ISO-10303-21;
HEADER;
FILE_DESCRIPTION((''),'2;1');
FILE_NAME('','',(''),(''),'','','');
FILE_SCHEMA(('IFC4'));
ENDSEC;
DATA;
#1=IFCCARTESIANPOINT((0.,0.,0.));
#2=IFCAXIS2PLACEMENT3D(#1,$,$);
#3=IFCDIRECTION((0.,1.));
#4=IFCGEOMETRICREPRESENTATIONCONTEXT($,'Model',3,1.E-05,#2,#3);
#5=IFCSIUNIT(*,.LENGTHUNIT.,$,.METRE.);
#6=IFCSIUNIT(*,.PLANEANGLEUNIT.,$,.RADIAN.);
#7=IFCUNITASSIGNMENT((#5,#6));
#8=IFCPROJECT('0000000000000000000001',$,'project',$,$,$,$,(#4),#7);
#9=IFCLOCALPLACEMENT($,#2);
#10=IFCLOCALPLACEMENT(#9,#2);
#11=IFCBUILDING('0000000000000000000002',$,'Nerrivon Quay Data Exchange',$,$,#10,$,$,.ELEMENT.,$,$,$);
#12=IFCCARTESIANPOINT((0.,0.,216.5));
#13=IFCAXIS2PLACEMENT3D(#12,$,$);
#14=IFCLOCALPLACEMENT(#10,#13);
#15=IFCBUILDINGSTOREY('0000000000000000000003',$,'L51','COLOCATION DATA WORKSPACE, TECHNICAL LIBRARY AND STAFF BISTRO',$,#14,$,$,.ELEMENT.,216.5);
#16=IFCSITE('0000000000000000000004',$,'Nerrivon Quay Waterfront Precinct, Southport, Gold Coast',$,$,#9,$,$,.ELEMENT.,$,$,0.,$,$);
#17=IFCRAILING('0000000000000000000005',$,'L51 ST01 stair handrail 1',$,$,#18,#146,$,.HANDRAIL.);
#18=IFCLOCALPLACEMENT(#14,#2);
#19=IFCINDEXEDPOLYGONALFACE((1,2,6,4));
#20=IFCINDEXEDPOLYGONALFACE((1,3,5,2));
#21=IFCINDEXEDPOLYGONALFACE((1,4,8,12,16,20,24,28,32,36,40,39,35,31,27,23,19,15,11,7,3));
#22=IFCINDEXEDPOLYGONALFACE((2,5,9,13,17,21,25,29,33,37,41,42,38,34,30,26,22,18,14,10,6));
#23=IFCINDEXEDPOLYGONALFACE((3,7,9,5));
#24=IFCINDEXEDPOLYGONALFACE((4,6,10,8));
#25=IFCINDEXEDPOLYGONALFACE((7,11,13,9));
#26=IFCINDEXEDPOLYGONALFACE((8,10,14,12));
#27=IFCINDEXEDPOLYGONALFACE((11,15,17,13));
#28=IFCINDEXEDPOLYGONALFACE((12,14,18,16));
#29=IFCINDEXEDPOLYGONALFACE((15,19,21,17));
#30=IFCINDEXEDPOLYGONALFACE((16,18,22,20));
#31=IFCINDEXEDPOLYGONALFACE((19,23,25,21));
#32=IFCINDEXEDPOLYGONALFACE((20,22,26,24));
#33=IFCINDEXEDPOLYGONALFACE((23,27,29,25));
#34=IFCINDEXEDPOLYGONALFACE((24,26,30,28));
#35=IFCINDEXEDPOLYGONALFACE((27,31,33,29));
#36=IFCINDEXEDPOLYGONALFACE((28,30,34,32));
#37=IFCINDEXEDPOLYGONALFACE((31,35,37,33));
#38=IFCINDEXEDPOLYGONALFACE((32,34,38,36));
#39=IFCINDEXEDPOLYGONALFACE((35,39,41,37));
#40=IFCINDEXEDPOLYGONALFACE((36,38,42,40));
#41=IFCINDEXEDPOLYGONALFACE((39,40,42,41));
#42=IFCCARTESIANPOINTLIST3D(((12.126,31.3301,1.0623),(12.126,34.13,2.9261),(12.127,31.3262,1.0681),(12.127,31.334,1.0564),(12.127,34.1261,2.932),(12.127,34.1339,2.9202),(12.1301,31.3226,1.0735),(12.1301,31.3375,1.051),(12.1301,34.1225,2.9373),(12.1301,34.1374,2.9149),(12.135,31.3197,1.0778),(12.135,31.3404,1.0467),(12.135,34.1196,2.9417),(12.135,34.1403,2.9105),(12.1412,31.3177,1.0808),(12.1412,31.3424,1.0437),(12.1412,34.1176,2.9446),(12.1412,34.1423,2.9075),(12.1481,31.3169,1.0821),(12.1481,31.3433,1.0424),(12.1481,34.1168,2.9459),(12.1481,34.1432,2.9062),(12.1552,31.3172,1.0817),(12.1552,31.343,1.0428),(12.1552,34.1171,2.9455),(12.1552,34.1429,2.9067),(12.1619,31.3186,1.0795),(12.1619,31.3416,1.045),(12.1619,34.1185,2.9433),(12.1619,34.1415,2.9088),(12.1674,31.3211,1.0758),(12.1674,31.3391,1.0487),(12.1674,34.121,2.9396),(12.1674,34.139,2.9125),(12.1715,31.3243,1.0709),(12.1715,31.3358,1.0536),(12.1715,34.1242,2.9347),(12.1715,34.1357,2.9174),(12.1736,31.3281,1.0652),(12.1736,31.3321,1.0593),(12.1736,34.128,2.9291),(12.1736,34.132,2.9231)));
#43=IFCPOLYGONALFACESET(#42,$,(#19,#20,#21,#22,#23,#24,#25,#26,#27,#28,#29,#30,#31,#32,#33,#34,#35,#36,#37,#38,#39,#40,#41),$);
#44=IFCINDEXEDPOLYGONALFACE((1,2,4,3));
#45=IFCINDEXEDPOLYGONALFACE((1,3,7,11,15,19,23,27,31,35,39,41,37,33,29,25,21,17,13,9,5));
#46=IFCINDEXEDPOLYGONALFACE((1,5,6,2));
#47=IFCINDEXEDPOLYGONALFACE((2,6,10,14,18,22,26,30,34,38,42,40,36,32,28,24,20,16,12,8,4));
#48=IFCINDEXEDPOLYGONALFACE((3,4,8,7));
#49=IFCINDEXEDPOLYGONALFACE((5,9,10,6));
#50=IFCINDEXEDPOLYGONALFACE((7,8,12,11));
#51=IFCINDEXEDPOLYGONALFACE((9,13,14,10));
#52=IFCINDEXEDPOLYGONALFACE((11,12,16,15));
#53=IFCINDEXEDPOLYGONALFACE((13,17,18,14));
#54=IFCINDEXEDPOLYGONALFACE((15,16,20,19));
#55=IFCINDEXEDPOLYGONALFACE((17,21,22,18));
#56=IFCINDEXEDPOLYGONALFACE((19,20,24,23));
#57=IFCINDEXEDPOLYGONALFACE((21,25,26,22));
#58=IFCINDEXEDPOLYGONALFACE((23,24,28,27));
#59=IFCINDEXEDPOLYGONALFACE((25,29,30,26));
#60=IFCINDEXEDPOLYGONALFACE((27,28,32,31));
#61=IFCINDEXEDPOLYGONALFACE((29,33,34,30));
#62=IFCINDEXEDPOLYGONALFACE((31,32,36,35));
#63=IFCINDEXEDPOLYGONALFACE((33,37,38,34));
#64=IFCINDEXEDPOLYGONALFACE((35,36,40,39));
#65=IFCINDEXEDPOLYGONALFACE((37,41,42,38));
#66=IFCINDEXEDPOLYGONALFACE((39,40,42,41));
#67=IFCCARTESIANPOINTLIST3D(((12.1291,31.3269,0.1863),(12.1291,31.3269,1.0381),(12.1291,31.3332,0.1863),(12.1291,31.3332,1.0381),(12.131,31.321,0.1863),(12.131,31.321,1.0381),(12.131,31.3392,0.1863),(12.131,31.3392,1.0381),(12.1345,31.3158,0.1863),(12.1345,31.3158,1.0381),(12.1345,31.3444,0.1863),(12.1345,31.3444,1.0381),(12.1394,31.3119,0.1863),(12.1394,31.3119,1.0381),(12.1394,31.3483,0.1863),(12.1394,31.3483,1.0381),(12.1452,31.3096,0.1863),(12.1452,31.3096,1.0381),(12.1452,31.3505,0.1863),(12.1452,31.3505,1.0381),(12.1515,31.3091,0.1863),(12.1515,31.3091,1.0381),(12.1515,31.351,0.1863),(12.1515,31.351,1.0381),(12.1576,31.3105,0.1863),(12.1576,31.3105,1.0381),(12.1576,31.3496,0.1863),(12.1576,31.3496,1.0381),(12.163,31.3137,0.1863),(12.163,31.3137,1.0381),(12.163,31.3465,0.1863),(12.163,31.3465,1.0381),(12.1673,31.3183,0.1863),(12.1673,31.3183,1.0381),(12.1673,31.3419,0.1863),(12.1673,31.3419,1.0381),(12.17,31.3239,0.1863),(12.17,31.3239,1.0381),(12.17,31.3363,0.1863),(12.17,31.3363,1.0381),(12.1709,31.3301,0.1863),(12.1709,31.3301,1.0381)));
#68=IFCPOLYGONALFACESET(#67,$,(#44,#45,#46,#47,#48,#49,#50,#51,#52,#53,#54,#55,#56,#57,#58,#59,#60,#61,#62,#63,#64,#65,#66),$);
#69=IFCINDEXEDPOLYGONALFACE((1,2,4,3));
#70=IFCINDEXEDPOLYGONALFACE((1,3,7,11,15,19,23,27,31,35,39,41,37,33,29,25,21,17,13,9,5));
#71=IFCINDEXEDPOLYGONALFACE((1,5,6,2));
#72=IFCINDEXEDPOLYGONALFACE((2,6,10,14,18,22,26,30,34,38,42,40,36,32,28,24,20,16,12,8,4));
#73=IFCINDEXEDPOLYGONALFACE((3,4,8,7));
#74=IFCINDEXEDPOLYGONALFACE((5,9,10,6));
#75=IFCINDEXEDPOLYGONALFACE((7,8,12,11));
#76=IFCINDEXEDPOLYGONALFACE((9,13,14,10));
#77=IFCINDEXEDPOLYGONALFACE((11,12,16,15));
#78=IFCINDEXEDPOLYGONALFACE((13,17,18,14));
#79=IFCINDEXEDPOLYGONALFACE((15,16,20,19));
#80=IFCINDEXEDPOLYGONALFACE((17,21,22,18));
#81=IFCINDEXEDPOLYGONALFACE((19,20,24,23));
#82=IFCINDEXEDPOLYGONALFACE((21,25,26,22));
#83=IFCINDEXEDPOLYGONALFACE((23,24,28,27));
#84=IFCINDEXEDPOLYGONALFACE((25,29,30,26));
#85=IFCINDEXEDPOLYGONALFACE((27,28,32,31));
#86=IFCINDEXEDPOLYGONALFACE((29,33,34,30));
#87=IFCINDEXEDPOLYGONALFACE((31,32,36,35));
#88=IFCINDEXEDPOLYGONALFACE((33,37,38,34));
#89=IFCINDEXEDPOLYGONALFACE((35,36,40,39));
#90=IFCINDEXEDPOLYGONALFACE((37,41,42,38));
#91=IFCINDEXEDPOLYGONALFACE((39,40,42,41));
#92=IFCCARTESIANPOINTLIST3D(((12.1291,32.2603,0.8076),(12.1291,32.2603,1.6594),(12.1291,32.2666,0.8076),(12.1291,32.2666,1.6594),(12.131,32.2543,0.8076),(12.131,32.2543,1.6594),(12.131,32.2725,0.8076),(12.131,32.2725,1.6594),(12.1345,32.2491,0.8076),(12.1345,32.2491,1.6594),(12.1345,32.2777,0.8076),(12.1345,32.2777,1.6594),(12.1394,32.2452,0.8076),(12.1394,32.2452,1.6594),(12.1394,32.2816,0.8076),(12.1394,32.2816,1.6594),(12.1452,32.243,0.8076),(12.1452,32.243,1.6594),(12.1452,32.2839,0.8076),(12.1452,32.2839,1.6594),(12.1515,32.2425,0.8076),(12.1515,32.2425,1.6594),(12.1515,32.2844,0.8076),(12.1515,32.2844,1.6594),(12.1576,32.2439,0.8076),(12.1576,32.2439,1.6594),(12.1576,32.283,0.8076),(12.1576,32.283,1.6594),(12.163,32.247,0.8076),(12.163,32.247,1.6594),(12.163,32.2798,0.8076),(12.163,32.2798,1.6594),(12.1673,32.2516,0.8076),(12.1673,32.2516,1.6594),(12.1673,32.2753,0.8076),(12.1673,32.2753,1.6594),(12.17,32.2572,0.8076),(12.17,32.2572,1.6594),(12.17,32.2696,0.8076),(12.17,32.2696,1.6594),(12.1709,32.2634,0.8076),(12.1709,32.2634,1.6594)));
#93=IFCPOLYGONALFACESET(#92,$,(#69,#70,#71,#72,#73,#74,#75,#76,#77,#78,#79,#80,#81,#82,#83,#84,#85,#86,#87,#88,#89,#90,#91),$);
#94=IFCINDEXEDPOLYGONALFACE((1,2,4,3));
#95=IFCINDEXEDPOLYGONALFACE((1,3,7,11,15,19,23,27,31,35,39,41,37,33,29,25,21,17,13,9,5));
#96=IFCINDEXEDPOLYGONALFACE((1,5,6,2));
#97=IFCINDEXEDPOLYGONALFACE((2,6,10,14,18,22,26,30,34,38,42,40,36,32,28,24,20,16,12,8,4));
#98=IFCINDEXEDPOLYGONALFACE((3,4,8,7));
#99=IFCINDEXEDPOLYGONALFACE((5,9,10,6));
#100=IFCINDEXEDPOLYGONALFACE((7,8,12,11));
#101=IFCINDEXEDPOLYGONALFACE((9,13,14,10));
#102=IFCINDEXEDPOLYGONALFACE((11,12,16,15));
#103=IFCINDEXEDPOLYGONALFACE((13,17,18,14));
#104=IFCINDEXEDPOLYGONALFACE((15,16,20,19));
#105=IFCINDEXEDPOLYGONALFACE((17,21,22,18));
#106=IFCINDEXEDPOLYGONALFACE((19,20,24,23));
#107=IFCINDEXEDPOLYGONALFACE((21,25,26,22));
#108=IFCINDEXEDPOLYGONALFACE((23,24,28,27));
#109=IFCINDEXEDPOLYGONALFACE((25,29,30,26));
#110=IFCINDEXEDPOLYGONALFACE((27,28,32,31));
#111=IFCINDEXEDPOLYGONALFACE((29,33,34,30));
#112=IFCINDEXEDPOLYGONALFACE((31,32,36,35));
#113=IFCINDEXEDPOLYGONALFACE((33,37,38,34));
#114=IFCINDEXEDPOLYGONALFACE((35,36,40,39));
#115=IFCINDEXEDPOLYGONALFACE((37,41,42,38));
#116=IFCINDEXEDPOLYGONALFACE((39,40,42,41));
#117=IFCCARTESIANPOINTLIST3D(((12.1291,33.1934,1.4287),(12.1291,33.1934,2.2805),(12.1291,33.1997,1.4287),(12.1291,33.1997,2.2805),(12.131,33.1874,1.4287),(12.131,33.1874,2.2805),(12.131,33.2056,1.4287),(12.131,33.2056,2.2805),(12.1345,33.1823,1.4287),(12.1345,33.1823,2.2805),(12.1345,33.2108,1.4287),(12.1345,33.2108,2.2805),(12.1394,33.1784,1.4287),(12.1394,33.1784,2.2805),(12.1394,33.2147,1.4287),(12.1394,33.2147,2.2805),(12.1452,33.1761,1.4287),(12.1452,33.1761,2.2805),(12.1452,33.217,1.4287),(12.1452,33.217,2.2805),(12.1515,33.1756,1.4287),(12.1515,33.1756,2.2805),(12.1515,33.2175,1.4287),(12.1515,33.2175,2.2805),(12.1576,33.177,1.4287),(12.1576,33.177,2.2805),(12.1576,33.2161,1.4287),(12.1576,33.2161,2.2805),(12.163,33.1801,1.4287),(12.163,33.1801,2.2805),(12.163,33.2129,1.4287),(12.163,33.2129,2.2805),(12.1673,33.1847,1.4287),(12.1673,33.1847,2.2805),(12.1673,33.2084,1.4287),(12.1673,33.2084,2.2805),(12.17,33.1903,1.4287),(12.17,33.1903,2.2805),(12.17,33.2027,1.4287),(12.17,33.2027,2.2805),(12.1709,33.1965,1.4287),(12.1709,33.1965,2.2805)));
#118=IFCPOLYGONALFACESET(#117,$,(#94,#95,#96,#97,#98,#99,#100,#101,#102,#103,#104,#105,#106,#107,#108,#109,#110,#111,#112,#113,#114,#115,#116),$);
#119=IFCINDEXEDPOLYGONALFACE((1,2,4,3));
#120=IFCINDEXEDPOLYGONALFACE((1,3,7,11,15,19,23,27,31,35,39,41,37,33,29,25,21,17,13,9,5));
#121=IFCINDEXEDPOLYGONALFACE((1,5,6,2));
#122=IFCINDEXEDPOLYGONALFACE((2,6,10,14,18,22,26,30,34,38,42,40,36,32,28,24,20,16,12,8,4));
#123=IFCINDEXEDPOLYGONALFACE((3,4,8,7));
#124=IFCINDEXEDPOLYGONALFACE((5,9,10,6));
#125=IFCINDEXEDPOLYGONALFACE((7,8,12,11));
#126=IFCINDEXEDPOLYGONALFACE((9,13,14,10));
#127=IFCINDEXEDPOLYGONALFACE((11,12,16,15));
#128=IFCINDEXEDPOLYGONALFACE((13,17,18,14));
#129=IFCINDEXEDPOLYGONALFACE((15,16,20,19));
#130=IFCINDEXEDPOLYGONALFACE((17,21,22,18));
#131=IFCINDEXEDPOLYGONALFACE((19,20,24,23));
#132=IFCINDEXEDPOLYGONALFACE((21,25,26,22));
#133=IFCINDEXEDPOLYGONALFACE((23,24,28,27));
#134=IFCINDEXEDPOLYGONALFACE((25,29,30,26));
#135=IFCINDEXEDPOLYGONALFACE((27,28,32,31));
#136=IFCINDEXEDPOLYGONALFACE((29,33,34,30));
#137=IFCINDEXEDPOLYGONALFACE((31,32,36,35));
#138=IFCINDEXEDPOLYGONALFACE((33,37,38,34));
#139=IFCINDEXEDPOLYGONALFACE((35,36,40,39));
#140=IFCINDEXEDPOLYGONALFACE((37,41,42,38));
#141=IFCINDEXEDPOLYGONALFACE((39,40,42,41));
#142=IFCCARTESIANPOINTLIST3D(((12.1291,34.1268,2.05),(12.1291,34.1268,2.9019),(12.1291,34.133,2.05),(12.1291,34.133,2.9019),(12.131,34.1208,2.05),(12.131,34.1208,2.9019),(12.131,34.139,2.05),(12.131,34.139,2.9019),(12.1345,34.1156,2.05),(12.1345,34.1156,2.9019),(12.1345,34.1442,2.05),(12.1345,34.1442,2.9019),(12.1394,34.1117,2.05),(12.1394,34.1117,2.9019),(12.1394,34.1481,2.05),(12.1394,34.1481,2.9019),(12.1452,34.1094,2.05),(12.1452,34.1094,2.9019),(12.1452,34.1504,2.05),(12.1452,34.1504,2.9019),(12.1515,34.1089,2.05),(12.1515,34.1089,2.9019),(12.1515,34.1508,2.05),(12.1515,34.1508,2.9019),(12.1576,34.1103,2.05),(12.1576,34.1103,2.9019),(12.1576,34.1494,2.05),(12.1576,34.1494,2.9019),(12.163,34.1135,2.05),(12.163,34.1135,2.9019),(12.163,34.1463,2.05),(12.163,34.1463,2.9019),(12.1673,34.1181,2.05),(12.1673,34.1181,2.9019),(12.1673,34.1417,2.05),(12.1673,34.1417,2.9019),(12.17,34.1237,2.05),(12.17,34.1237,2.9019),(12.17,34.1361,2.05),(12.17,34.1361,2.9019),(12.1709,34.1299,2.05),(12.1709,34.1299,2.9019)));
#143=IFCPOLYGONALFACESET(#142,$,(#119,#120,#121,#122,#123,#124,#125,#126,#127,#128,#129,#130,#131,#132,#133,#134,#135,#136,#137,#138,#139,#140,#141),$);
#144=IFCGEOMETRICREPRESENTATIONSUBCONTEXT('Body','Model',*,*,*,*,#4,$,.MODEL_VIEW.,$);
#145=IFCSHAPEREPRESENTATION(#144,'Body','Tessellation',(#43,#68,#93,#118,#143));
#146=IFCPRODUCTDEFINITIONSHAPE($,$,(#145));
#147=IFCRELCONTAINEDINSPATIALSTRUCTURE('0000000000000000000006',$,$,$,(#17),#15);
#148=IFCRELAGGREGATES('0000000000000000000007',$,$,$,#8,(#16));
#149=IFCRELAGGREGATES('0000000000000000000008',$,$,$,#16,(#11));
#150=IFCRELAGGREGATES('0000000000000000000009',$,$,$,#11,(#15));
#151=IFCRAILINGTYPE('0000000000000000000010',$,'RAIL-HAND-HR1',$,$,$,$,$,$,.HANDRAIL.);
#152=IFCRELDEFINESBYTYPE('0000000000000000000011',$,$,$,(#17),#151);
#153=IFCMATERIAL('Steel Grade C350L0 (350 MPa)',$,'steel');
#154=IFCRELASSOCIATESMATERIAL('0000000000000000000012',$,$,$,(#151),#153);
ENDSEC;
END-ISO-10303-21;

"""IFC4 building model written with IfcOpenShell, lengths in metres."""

from ifc_helpers import new_model, si_unit, direction, frame, origin, origin_2d, place, context, subcontext, project, spatial, circle, extrude, material, type_object, element, save


model = new_model("IFC4")

# Units and contexts
model_context = context("Model", 3, precision=1e-05, world=origin(), true_north=direction((0.0, 1.0)))
body_context = subcontext(model_context, "Body", "Model", "MODEL_VIEW")
ifc_project = project(units=[si_unit("LENGTHUNIT", "METRE"), si_unit("PLANEANGLEUNIT", "RADIAN")], contexts=[model_context])

# Site, building, storey
site_placement = place(None, origin())
site = spatial("IfcSite", under=ifc_project, at=site_placement, Name="Nerrivon Quay Waterfront Precinct, Southport, Gold Coast", CompositionType="ELEMENT", RefElevation=0.0)
building_placement = place(site_placement, origin())
building = spatial("IfcBuilding", under=site, at=building_placement, Name="Nerrivon Quay Data Exchange", CompositionType="ELEMENT")
storey_placement = place(building_placement, frame((0.0, 0.0, 216.5)))
storey = spatial("IfcBuildingStorey", under=building, at=storey_placement, Name="L51", Description="COLOCATION DATA WORKSPACE, TECHNICAL LIBRARY AND STAFF BISTRO", CompositionType="ELEMENT", Elevation=216.5)

# Railing
ifc_material_1 = material(Name="Steel Grade C350L0 (350 MPa)", Category="steel")
railing_type_1 = type_object("IfcRailingType", Name="RAIL-HAND-HR1", PredefinedType="HANDRAIL", material=ifc_material_1)
railing_1_placement = place(storey_placement, frame((12.1499, 31.3301, 0.1863)))
element("IfcRailing", 1, at=railing_1_placement, inside=storey, type_object=railing_type_1, Name="L51 ST01 stair handrail 1", PredefinedType="HANDRAIL", context=body_context, shape_type="SweptSolid", body=[
    extrude(circle(Radius=0.0239, at=origin_2d()), frame((0.0, 0.0, 0.876), z_axis=(0.0, 0.83243, 0.554131), x_axis=(-1.0, 0.0, 0.0)), (0.0, 0.0, 1.0), 3.3635),
    extrude(circle(Radius=0.021, at=origin_2d()), origin(), (0.0, 0.0, 1.0), 0.8518),
    extrude(circle(Radius=0.021, at=origin_2d()), frame((0.0, 0.9333, 0.6213)), (0.0, 0.0, 1.0), 0.8518),
    extrude(circle(Radius=0.021, at=origin_2d()), frame((0.0, 1.8665, 1.2424)), (0.0, 0.0, 1.0), 0.8518),
    extrude(circle(Radius=0.021, at=origin_2d()), frame((0.0, 2.7998, 1.8638)), (0.0, 0.0, 1.0), 0.8518),
])

save(model, "model.ifc")
